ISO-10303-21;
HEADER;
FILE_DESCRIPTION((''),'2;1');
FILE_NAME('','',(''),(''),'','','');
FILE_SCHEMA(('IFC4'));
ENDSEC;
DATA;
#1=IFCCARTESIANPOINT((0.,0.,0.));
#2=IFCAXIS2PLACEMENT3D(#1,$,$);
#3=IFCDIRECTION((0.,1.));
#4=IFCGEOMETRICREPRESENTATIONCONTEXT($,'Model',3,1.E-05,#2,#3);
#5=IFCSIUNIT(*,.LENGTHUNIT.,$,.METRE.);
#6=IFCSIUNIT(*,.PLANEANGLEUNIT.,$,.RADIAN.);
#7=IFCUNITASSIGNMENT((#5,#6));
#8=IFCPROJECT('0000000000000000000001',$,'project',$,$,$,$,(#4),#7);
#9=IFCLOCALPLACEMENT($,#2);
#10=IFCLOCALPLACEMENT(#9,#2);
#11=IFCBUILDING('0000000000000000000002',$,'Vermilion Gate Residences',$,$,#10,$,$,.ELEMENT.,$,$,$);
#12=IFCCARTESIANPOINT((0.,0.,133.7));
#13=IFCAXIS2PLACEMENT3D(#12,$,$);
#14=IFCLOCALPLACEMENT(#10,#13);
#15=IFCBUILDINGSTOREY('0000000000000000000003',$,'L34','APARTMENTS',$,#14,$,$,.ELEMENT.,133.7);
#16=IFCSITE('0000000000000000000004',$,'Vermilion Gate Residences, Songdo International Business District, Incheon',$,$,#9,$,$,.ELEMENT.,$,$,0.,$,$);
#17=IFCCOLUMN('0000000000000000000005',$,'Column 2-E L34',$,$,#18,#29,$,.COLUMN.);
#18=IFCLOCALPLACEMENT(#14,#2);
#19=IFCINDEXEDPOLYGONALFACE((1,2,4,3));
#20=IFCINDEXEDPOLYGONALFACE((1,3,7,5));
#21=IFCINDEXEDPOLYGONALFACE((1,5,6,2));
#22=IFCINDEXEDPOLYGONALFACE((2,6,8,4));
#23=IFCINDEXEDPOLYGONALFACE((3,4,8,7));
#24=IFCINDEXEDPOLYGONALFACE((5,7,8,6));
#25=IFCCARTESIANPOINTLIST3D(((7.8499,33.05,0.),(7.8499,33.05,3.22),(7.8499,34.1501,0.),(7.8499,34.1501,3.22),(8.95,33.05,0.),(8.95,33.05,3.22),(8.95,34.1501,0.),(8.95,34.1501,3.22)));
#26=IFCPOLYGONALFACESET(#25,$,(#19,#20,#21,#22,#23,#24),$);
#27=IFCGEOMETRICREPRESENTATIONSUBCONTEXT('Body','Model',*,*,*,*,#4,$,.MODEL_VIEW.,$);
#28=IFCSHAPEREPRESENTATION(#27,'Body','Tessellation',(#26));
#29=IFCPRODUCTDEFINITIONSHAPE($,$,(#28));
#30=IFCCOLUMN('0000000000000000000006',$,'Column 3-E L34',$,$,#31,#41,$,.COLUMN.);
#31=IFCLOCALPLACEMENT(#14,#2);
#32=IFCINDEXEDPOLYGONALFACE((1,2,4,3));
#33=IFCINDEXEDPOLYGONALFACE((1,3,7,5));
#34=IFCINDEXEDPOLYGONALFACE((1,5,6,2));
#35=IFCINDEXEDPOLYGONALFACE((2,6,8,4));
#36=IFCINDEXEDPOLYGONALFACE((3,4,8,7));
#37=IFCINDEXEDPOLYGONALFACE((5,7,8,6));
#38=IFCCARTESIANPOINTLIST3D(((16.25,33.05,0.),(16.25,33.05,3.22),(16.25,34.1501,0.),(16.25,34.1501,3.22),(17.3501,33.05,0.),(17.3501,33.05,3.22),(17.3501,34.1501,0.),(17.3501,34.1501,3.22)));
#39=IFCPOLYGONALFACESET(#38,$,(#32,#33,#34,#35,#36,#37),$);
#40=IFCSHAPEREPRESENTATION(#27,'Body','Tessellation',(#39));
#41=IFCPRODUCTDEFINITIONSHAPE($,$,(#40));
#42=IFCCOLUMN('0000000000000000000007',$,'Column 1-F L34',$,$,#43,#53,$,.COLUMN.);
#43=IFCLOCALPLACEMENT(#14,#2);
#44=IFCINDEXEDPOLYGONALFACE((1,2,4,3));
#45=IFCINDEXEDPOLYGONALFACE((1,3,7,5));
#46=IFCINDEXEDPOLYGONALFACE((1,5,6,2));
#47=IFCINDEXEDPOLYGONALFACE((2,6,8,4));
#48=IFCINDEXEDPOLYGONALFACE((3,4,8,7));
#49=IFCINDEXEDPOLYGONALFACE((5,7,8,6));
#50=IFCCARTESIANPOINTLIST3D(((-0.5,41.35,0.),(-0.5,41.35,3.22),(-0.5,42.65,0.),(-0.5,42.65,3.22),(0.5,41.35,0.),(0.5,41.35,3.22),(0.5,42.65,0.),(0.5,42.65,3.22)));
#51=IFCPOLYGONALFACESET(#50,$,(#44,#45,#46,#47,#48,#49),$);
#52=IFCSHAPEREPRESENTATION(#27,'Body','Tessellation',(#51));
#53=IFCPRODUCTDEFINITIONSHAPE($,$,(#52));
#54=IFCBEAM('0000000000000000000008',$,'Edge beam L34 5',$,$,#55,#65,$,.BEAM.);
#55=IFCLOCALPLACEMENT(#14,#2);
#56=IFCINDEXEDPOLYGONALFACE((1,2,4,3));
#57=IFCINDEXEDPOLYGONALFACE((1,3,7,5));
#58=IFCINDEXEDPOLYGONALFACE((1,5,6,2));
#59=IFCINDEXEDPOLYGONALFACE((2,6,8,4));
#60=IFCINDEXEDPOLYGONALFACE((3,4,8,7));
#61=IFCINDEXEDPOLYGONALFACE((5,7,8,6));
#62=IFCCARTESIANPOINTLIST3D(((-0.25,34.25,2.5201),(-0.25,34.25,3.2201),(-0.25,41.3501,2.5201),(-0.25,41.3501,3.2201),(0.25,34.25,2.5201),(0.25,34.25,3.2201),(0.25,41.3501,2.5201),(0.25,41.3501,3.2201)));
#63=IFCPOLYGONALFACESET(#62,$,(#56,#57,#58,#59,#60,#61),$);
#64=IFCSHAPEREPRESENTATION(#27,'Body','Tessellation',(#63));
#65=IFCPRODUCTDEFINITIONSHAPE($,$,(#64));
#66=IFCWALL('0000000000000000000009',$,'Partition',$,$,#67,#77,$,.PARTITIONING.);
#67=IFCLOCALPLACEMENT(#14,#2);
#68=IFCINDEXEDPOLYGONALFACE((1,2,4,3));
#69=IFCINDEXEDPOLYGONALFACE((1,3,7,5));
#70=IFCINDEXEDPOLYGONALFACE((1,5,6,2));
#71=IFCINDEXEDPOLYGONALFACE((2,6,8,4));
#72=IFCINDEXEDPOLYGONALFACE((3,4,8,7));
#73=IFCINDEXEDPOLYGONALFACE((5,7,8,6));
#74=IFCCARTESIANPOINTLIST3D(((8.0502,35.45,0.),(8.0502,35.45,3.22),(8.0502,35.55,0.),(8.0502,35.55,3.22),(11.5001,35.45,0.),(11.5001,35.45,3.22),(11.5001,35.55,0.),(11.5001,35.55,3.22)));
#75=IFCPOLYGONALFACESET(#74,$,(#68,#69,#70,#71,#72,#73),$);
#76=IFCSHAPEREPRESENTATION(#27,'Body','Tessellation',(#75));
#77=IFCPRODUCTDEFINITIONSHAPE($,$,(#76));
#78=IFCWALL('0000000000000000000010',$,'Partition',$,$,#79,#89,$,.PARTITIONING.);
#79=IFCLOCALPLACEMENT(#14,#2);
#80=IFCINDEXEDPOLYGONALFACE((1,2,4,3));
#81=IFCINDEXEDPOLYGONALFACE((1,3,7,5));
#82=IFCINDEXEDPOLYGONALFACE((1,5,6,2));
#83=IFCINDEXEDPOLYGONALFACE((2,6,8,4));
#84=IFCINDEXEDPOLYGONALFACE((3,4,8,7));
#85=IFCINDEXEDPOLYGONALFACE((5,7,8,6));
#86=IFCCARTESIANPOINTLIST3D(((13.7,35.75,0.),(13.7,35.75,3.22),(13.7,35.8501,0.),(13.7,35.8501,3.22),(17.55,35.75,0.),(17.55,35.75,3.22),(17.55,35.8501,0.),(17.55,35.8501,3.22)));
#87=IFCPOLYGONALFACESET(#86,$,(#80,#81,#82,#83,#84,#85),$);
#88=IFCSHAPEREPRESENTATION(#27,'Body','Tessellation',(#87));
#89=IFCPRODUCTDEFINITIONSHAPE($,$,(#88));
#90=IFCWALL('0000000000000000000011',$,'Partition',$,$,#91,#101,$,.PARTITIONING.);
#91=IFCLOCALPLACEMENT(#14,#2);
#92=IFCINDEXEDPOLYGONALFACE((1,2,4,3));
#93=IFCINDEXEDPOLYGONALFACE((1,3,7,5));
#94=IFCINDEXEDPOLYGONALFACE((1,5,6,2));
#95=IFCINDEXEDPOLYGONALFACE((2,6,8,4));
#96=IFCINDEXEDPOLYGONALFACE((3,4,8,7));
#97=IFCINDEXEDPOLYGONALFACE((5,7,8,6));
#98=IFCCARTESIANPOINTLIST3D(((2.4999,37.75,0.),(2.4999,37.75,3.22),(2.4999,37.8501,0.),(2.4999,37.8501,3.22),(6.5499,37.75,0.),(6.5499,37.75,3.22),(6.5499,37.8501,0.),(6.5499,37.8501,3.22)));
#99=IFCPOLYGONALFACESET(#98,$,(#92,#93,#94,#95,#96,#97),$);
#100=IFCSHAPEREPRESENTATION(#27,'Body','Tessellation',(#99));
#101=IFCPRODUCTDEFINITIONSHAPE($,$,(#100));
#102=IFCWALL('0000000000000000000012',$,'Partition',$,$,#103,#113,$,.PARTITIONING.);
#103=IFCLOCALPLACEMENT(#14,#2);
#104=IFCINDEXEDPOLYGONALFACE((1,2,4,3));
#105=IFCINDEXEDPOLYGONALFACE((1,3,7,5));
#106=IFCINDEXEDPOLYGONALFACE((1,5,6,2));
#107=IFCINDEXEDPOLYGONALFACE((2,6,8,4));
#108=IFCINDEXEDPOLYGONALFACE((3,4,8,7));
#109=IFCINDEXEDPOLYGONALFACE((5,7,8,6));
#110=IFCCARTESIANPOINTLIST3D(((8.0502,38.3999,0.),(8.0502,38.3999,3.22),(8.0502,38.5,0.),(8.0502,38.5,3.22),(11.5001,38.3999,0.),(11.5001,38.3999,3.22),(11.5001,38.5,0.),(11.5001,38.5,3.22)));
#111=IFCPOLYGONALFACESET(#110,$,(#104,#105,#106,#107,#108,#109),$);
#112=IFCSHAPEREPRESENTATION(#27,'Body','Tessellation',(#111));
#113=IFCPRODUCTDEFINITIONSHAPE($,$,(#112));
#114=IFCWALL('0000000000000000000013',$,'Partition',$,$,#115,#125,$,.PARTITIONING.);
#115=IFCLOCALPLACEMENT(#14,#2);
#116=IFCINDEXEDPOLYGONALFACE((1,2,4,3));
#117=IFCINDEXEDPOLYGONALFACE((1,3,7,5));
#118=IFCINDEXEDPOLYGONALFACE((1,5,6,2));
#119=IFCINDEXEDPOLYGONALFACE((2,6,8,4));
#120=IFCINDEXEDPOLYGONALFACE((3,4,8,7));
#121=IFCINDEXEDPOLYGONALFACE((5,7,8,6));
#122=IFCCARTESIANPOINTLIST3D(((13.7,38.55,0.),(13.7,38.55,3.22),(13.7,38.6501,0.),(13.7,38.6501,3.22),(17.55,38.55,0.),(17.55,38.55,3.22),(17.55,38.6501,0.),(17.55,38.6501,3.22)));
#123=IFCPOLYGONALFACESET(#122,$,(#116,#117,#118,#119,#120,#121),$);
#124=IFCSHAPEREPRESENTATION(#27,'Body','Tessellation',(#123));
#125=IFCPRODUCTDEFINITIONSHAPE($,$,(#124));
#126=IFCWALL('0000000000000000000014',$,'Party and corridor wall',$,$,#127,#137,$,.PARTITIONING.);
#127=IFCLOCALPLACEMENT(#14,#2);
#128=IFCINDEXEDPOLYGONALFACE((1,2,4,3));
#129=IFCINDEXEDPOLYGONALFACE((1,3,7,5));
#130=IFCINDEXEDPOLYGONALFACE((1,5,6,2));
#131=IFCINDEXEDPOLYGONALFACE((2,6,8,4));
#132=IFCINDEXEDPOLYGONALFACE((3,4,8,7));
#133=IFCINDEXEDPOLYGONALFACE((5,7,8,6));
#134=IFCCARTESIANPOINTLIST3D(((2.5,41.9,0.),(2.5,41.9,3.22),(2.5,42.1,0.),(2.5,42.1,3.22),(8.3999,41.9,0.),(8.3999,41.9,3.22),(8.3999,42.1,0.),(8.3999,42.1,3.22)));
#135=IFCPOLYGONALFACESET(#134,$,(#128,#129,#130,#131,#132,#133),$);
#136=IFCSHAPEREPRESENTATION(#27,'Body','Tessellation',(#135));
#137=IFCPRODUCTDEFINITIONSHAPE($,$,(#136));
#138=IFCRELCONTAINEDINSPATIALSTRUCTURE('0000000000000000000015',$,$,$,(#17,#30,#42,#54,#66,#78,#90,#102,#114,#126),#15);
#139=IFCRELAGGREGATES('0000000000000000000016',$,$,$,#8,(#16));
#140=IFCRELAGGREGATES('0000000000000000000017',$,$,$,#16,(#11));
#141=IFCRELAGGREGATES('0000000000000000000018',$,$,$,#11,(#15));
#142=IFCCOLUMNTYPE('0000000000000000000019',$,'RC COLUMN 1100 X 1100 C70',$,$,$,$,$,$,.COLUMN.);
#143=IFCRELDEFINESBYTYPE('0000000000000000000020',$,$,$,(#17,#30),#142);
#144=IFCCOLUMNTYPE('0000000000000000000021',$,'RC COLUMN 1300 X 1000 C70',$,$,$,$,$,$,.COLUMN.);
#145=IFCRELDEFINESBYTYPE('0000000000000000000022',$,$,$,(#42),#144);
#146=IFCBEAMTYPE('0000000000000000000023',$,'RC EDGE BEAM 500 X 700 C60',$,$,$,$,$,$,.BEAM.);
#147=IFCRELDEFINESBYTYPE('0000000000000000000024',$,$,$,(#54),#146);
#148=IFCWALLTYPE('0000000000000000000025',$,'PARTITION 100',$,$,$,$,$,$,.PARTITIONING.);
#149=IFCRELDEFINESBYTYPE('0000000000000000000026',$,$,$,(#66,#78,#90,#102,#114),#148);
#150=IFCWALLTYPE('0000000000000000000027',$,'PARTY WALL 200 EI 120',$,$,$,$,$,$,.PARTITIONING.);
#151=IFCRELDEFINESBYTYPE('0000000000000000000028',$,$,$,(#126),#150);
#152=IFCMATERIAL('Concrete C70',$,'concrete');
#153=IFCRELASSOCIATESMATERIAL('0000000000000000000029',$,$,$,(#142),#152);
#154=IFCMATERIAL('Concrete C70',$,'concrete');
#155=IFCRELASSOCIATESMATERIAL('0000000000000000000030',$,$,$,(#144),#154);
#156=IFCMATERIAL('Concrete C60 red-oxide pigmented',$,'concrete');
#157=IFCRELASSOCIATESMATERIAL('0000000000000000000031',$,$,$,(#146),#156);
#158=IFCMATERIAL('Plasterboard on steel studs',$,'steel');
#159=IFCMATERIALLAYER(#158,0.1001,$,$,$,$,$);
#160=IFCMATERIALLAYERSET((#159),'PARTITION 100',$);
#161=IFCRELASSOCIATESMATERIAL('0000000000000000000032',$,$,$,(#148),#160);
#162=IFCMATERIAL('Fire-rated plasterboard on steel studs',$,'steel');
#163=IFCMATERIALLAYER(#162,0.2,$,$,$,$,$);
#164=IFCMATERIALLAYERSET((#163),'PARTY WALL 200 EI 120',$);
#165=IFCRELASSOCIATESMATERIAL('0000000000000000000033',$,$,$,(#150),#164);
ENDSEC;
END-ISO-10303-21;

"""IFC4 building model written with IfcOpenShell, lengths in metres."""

from ifc_helpers import new_model, si_unit, direction, frame, frame_2d, origin, origin_2d, place, context, subcontext, project, spatial, rectangle, extrude, material, layer, layer_set, material_profile, profile_set, type_object, element, save


model = new_model("IFC4")

# Units and contexts
model_context = context("Model", 3, precision=1e-05, world=origin(), true_north=direction((0.0, 1.0)))
body_context = subcontext(model_context, "Body", "Model", "MODEL_VIEW")
ifc_project = project(units=[si_unit("LENGTHUNIT", "METRE"), si_unit("PLANEANGLEUNIT", "RADIAN")], contexts=[model_context])

# Site, building, storey
site_placement = place(None, origin())
site = spatial("IfcSite", under=ifc_project, at=site_placement, Name="Vermilion Gate Residences, Songdo International Business District, Incheon", CompositionType="ELEMENT", RefElevation=0.0)
building_placement = place(site_placement, origin())
building = spatial("IfcBuilding", under=site, at=building_placement, Name="Vermilion Gate Residences", CompositionType="ELEMENT")
storey_placement = place(building_placement, frame((0.0, 0.0, 133.7)))
storey = spatial("IfcBuildingStorey", under=building, at=storey_placement, Name="L34", Description="APARTMENTS", CompositionType="ELEMENT", Elevation=133.7)

# Columns
ifc_material_1 = material(Name="Concrete C70", Category="concrete")
ifc_material_profile_1 = material_profile(ifc_material_1, rectangle(XDim=1.1001, YDim=1.1001, at=origin_2d()), Name="RC-1100x1100")
ifc_profile_set_1 = profile_set([ifc_material_profile_1], Name="Concrete C70")
column_type_1 = type_object("IfcColumnType", Name="RC COLUMN 1100 X 1100 C70", PredefinedType="COLUMN", material=ifc_profile_set_1)
for number, where, z_axis, x_axis, name in (
    (1, (8.3999, 33.6001, 0.0), (0.0, 0.0, 1.0), (1.0, 0.0, 0.0), "Column 2-E L34"),
    (2, (16.8, 33.6001, 0.0), (0.0, 0.0, 1.0), (1.0, 0.0, 0.0), "Column 3-E L34"),
):
    element("IfcColumn", number, at=place(storey_placement, frame(where, z_axis=z_axis, x_axis=x_axis)), inside=storey, type_object=column_type_1, Name=name, PredefinedType="COLUMN", context=body_context, shape_type="SweptSolid", body=[
        extrude(rectangle(XDim=1.1001, YDim=1.1001, at=origin_2d()), origin(), (0.0, 0.0, 1.0), 3.22),
    ])
ifc_material_2 = material(Name="Concrete C70", Category="concrete")
ifc_material_profile_2 = material_profile(ifc_material_2, rectangle(XDim=1.3, YDim=1.0, at=origin_2d()), Name="RC-1300x1000")
ifc_profile_set_2 = profile_set([ifc_material_profile_2], Name="Concrete C70")
column_type_2 = type_object("IfcColumnType", Name="RC COLUMN 1300 X 1000 C70", PredefinedType="COLUMN", material=ifc_profile_set_2)
column_placement = place(storey_placement, frame((0.0, 42.0, 0.0), z_axis=(0.0, 0.0, 1.0), x_axis=(0.0, 1.0, 0.0)))
element("IfcColumn", 3, at=column_placement, inside=storey, type_object=column_type_2, Name="Column 1-F L34", PredefinedType="COLUMN", context=body_context, shape_type="SweptSolid", body=[
    extrude(rectangle(XDim=1.3, YDim=1.0, at=origin_2d()), origin(), (0.0, 0.0, 1.0), 3.22),
])

# Beam
ifc_material_3 = material(Name="Concrete C60 red-oxide pigmented", Category="concrete")
ifc_material_profile_3 = material_profile(ifc_material_3, rectangle(XDim=0.5, YDim=0.7, at=origin_2d()), Name="RC-500x700")
ifc_profile_set_3 = profile_set([ifc_material_profile_3], Name="Concrete C60 red-oxide pigmented")
beam_type = type_object("IfcBeamType", Name="RC EDGE BEAM 500 X 700 C60", PredefinedType="BEAM", material=ifc_profile_set_3)
beam_placement = place(storey_placement, frame((0.0, 34.25, 2.8701), z_axis=(0.0, 1.0, 0.0), x_axis=(-1.0, 0.0, 0.0)))
element("IfcBeam", 4, at=beam_placement, inside=storey, type_object=beam_type, Name="Edge beam L34 5", PredefinedType="BEAM", context=body_context, shape_type="SweptSolid", body=[
    extrude(rectangle(XDim=0.5, YDim=0.7, at=origin_2d()), origin(), (0.0, 0.0, 1.0), 7.1001),
])

# Walls
ifc_material_4 = material(Name="Plasterboard on steel studs", Category="steel")
ifc_layer_1 = layer(ifc_material_4, 0.1001)
ifc_layer_set_1 = layer_set([ifc_layer_1], Name="PARTITION 100")
wall_type_1 = type_object("IfcWallType", Name="PARTITION 100", PredefinedType="PARTITIONING", material=ifc_layer_set_1)
wall_1_placement = place(storey_placement, frame((8.05, 35.5, 0.0), z_axis=(0.0, 0.0, 1.0), x_axis=(1.0, 0.0, 0.0)))
element("IfcWall", 5, at=wall_1_placement, inside=storey, type_object=wall_type_1, Name="Partition", PredefinedType="PARTITIONING", context=body_context, shape_type="SweptSolid", body=[
    extrude(rectangle(XDim=3.45, YDim=0.1001, at=frame_2d((1.7251, 0.0))), origin(), (0.0, 0.0, 1.0), 3.22),
])
wall_2_placement = place(storey_placement, frame((13.7, 35.8, 0.0), z_axis=(0.0, 0.0, 1.0), x_axis=(1.0, 0.0, 0.0)))
element("IfcWall", 6, at=wall_2_placement, inside=storey, type_object=wall_type_1, Name="Partition", PredefinedType="PARTITIONING", context=body_context, shape_type="SweptSolid", body=[
    extrude(rectangle(XDim=3.8501, YDim=0.1001, at=frame_2d((1.925, 0.0))), origin(), (0.0, 0.0, 1.0), 3.22),
])
wall_3_placement = place(storey_placement, frame((2.5, 37.8, 0.0), z_axis=(0.0, 0.0, 1.0), x_axis=(1.0, 0.0, 0.0)))
element("IfcWall", 7, at=wall_3_placement, inside=storey, type_object=wall_type_1, Name="Partition", PredefinedType="PARTITIONING", context=body_context, shape_type="SweptSolid", body=[
    extrude(rectangle(XDim=4.05, YDim=0.1001, at=frame_2d((2.0249, 0.0))), origin(), (0.0, 0.0, 1.0), 3.22),
])
wall_4_placement = place(storey_placement, frame((8.05, 38.45, 0.0), z_axis=(0.0, 0.0, 1.0), x_axis=(1.0, 0.0, 0.0)))
element("IfcWall", 8, at=wall_4_placement, inside=storey, type_object=wall_type_1, Name="Partition", PredefinedType="PARTITIONING", context=body_context, shape_type="SweptSolid", body=[
    extrude(rectangle(XDim=3.45, YDim=0.1001, at=frame_2d((1.7251, 0.0))), origin(), (0.0, 0.0, 1.0), 3.22),
])
wall_5_placement = place(storey_placement, frame((13.7, 38.6001, 0.0), z_axis=(0.0, 0.0, 1.0), x_axis=(1.0, 0.0, 0.0)))
element("IfcWall", 9, at=wall_5_placement, inside=storey, type_object=wall_type_1, Name="Partition", PredefinedType="PARTITIONING", context=body_context, shape_type="SweptSolid", body=[
    extrude(rectangle(XDim=3.8501, YDim=0.1001, at=frame_2d((1.925, 0.0))), origin(), (0.0, 0.0, 1.0), 3.22),
])
ifc_material_5 = material(Name="Fire-rated plasterboard on steel studs", Category="steel")
ifc_layer_2 = layer(ifc_material_5, 0.2)
ifc_layer_set_2 = layer_set([ifc_layer_2], Name="PARTY WALL 200 EI 120")
wall_type_2 = type_object("IfcWallType", Name="PARTY WALL 200 EI 120", PredefinedType="PARTITIONING", material=ifc_layer_set_2)
wall_6_placement = place(storey_placement, frame((2.5, 42.0, 0.0), z_axis=(0.0, 0.0, 1.0), x_axis=(1.0, 0.0, 0.0)))
element("IfcWall", 10, at=wall_6_placement, inside=storey, type_object=wall_type_2, Name="Party and corridor wall", PredefinedType="PARTITIONING", context=body_context, shape_type="SweptSolid", body=[
    extrude(rectangle(XDim=5.8999, YDim=0.2, at=frame_2d((2.95, 0.0))), origin(), (0.0, 0.0, 1.0), 3.22),
])

save(model, "model.ifc")
